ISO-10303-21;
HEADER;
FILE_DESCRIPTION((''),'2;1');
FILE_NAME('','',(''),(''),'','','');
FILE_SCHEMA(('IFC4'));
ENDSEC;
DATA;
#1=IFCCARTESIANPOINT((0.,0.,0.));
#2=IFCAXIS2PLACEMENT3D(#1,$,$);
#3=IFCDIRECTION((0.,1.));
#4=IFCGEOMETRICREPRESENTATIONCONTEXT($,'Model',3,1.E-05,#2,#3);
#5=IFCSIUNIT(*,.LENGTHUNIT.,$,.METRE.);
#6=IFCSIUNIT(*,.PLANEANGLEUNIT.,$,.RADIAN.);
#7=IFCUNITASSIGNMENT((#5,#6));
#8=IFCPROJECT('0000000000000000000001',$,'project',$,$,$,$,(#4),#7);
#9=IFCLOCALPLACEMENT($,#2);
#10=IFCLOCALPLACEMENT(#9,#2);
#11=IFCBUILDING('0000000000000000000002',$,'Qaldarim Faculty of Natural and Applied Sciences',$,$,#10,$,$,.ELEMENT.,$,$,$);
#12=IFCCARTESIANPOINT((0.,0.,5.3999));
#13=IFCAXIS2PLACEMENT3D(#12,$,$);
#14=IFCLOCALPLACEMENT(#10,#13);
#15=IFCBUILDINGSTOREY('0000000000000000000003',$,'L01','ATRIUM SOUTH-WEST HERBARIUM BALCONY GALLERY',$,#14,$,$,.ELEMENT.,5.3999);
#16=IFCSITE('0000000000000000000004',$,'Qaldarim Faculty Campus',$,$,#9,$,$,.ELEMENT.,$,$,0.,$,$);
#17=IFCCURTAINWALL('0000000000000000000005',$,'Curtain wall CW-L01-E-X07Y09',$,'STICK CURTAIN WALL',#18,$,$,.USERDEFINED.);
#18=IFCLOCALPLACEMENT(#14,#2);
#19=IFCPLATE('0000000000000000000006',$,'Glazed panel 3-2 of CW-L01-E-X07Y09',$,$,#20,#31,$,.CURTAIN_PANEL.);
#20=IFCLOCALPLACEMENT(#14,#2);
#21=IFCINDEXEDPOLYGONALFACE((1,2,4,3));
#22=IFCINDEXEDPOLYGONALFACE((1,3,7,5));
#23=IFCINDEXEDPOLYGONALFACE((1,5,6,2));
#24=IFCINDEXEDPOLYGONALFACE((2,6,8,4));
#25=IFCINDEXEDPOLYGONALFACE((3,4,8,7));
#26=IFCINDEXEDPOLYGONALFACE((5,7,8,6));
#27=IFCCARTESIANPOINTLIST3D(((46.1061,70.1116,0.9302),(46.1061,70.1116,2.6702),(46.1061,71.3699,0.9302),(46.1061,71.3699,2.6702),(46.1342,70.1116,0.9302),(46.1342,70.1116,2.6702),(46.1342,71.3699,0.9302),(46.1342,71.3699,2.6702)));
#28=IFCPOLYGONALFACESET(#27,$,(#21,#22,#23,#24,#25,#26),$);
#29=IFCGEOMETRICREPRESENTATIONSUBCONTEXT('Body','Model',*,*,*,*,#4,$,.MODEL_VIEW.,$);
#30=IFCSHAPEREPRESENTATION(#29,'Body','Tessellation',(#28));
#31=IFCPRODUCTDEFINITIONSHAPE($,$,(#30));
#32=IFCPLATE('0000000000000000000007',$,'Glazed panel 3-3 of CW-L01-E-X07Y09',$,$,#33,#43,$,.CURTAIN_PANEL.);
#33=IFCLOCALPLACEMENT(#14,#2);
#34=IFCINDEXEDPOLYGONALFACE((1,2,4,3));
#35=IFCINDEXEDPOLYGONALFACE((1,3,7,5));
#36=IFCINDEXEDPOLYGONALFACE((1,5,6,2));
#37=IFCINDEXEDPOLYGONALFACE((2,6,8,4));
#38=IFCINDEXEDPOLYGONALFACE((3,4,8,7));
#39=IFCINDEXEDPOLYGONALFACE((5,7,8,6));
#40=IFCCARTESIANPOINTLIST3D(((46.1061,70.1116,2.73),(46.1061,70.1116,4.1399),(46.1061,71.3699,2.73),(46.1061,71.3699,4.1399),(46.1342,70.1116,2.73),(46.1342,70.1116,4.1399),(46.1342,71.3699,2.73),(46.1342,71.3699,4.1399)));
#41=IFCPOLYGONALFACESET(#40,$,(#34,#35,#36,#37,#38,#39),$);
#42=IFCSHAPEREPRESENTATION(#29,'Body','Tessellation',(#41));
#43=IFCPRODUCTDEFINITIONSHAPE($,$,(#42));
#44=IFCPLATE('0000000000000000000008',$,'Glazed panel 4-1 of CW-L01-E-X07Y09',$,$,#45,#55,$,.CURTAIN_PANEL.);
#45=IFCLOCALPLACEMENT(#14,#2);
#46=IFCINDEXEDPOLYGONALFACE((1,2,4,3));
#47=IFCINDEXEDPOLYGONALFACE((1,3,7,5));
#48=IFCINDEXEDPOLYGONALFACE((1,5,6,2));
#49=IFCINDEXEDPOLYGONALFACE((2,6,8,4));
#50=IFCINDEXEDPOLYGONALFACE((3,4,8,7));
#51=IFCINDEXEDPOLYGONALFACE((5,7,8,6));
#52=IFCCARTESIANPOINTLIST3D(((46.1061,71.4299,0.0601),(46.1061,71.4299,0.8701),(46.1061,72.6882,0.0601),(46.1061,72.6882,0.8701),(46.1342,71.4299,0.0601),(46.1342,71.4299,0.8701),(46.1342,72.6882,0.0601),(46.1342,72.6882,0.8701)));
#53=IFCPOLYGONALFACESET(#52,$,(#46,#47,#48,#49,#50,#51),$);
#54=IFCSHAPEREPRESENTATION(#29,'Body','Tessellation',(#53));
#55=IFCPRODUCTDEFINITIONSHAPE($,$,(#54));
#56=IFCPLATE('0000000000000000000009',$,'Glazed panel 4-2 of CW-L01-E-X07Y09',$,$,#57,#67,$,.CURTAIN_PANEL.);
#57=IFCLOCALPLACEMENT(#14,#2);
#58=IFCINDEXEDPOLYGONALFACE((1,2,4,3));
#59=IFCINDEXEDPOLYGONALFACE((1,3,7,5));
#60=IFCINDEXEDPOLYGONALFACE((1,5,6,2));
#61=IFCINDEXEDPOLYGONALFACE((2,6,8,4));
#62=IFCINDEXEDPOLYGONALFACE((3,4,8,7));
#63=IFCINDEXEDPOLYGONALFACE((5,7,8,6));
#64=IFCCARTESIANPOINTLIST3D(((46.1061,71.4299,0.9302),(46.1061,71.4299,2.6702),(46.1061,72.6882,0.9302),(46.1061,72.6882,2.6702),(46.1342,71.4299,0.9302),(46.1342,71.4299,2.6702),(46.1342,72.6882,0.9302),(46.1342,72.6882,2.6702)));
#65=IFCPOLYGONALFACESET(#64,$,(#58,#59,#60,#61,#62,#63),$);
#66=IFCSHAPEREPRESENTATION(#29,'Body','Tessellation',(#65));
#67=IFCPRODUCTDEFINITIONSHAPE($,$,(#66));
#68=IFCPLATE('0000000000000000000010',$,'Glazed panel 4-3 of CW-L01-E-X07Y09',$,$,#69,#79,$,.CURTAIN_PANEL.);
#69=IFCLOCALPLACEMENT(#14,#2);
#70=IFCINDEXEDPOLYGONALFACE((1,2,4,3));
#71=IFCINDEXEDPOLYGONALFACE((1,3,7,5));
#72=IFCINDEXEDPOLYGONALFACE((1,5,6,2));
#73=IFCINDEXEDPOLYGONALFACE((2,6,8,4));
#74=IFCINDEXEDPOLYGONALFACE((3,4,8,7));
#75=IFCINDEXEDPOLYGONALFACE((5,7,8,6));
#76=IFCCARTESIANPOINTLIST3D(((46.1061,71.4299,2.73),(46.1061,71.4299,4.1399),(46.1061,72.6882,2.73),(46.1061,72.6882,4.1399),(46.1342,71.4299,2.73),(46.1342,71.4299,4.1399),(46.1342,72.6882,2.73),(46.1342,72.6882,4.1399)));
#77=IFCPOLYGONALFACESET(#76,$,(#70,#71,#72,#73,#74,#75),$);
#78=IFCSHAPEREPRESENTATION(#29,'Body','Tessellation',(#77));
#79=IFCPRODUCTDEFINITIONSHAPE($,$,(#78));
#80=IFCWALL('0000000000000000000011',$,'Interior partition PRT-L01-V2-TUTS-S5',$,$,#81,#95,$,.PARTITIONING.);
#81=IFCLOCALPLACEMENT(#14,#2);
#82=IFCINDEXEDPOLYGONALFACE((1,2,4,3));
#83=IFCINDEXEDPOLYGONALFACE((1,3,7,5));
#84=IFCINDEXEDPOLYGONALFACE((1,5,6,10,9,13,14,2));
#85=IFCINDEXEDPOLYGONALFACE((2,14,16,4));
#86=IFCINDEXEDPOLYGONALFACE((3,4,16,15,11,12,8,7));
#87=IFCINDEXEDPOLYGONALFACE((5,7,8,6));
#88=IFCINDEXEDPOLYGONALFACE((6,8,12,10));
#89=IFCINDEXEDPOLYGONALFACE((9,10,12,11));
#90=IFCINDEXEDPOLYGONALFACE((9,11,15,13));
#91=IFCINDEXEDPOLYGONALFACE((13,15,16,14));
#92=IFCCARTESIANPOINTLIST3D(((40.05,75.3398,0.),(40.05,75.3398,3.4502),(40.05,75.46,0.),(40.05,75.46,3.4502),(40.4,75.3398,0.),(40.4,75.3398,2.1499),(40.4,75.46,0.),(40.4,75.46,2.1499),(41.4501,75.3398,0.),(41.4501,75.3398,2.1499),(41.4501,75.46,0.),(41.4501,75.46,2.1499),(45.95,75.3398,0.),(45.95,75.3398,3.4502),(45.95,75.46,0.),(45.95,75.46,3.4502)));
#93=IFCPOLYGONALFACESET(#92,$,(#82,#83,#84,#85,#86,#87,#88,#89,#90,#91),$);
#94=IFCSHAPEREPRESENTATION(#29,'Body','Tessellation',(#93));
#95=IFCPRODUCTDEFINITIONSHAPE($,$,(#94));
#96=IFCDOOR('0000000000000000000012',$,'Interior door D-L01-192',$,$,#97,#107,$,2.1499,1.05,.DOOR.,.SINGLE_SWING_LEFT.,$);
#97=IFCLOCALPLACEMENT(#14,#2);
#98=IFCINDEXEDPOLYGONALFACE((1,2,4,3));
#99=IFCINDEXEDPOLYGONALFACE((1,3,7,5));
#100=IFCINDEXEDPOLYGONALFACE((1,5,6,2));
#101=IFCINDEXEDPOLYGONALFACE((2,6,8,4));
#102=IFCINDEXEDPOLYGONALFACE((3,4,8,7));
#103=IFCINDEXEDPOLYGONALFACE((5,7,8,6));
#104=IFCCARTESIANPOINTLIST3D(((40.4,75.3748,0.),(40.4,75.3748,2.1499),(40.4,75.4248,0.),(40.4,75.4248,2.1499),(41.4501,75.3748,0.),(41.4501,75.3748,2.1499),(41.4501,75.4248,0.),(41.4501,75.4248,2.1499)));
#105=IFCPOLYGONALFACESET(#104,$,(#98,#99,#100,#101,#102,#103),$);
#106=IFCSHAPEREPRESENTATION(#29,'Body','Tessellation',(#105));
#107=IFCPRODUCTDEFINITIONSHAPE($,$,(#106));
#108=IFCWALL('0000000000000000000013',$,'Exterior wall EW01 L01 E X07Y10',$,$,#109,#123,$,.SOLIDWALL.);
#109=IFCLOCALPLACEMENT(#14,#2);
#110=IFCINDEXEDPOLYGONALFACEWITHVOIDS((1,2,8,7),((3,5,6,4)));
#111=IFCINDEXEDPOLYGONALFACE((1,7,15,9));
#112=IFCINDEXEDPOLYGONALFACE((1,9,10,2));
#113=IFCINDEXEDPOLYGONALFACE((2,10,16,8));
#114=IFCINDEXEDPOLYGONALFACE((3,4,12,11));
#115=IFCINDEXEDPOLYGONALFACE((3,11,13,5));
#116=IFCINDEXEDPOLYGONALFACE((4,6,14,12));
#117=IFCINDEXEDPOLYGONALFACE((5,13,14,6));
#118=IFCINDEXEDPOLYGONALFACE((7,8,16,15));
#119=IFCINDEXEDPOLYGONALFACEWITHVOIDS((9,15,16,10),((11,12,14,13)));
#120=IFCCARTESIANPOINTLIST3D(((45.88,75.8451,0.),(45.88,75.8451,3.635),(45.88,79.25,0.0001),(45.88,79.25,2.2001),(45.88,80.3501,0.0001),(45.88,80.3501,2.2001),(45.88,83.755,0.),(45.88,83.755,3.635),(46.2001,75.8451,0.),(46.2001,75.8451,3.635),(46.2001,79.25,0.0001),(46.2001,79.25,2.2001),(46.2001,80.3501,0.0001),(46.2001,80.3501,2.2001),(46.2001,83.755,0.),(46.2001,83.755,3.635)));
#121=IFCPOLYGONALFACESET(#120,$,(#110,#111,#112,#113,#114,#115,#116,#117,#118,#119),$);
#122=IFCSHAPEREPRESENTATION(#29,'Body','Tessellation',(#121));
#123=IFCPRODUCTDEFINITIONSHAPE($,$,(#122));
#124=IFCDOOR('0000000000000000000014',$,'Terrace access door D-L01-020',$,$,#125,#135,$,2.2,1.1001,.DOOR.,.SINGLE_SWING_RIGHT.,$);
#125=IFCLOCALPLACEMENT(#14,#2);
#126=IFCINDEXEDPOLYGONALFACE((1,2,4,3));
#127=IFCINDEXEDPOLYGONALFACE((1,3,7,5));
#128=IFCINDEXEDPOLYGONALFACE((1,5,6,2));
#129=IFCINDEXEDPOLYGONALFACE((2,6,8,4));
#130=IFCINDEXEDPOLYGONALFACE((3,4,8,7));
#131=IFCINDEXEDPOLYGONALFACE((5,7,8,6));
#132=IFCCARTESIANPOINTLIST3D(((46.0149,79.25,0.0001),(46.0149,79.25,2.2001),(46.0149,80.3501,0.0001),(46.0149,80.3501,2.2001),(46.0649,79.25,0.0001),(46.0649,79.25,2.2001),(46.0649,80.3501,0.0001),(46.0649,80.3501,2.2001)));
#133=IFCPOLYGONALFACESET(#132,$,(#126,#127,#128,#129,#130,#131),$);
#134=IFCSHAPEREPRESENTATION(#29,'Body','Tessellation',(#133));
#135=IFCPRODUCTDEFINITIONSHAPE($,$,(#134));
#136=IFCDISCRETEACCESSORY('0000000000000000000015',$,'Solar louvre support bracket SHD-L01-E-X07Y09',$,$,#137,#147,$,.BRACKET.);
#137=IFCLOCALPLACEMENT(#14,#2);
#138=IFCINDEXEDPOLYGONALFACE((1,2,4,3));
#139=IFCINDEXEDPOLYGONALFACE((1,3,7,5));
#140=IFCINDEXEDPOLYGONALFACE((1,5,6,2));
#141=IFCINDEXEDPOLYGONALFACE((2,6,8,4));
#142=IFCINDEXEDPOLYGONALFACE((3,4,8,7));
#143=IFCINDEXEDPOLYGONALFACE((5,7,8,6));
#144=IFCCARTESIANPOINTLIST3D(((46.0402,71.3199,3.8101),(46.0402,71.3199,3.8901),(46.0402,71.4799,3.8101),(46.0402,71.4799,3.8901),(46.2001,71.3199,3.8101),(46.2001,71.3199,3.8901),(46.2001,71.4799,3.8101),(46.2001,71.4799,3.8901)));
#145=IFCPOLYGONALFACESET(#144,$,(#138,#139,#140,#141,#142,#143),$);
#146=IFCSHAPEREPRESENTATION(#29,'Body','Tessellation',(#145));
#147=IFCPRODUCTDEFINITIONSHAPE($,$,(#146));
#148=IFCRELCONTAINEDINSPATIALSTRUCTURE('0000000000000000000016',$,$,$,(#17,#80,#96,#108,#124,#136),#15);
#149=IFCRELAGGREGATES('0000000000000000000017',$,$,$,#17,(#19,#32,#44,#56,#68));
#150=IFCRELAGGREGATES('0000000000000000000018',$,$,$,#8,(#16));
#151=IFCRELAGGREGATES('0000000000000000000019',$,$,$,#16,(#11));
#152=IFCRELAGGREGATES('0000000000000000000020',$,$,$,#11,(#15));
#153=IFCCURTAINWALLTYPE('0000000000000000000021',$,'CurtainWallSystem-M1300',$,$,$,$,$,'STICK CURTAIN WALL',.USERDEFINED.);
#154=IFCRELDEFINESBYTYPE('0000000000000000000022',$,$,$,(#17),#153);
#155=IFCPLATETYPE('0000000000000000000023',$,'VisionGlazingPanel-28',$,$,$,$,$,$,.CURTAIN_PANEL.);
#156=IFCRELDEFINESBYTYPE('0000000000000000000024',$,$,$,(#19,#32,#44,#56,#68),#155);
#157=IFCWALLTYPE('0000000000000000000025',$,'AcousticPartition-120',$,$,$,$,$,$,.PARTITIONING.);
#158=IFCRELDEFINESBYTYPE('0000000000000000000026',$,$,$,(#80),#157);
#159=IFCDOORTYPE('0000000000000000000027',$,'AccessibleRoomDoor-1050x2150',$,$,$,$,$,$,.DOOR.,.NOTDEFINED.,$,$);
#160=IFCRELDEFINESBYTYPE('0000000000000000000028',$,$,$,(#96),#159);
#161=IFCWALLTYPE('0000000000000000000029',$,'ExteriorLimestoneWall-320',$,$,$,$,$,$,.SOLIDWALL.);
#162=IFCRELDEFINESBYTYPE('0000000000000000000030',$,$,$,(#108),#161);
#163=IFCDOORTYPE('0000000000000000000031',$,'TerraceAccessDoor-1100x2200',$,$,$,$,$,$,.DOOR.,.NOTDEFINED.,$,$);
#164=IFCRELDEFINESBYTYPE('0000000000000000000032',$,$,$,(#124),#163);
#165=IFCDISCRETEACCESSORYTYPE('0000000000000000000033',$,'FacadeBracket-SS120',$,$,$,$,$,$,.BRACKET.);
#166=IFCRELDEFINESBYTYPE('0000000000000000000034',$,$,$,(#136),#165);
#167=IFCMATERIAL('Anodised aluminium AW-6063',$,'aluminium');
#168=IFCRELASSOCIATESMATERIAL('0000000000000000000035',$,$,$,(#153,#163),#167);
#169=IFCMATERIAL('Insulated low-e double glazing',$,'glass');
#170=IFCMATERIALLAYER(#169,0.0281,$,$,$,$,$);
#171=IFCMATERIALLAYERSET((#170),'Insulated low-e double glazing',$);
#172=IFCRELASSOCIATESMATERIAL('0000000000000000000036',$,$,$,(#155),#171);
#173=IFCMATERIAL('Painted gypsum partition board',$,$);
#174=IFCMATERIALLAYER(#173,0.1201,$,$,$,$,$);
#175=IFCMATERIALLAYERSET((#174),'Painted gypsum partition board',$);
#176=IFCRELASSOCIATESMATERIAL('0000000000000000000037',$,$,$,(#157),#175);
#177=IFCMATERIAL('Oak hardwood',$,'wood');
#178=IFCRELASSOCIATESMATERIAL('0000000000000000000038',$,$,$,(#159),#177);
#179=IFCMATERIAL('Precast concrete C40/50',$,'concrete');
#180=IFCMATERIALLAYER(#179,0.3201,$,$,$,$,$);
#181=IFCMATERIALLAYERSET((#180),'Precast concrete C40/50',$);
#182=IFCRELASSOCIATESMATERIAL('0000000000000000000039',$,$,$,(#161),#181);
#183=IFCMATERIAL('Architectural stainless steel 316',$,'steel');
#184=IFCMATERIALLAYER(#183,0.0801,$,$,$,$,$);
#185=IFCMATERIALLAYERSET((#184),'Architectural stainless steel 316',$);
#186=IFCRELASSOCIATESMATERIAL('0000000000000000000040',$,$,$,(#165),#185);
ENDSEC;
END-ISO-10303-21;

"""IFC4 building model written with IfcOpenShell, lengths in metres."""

from ifc_helpers import new_model, si_unit, direction, frame, frame_2d, origin, origin_2d, place, context, subcontext, project, spatial, rectangle, extrude, material, layer, layer_set, type_object, element, fill, aggregate, save


model = new_model("IFC4")

# Units and contexts
model_context = context("Model", 3, precision=1e-05, world=origin(), true_north=direction((0.0, 1.0)))
body_context = subcontext(model_context, "Body", "Model", "MODEL_VIEW")
ifc_project = project(units=[si_unit("LENGTHUNIT", "METRE"), si_unit("PLANEANGLEUNIT", "RADIAN")], contexts=[model_context])

# Site, building, storey
site_placement = place(None, origin())
site = spatial("IfcSite", under=ifc_project, at=site_placement, Name="Qaldarim Faculty Campus", CompositionType="ELEMENT", RefElevation=0.0)
building_placement = place(site_placement, origin())
building = spatial("IfcBuilding", under=site, at=building_placement, Name="Qaldarim Faculty of Natural and Applied Sciences", CompositionType="ELEMENT")
storey_placement = place(building_placement, frame((0.0, 0.0, 5.3999)))
storey = spatial("IfcBuildingStorey", under=building, at=storey_placement, Name="L01", Description="ATRIUM SOUTH-WEST HERBARIUM BALCONY GALLERY", CompositionType="ELEMENT", Elevation=5.3999)

# Curtain wall
ifc_material_1 = material(Name="Anodised aluminium AW-6063", Category="aluminium")
curtain_wall_type = type_object("IfcCurtainWallType", Name="CurtainWallSystem-M1300", ElementType="STICK CURTAIN WALL", PredefinedType="USERDEFINED", material=ifc_material_1)
curtain_wall_placement = place(storey_placement, origin())
curtain_wall = element("IfcCurtainWall", 1, at=curtain_wall_placement, inside=storey, type_object=curtain_wall_type, Name="Curtain wall CW-L01-E-X07Y09", ObjectType="STICK CURTAIN WALL", PredefinedType="USERDEFINED")

# Plates
ifc_material_2 = material(Name="Insulated low-e double glazing", Category="glass")
ifc_layer_1 = layer(ifc_material_2, 0.0281)
ifc_layer_set_1 = layer_set([ifc_layer_1], Name="Insulated low-e double glazing")
plate_type = type_object("IfcPlateType", Name="VisionGlazingPanel-28", PredefinedType="CURTAIN_PANEL", material=ifc_layer_set_1)
plate_1_placement = place(storey_placement, frame((46.1201, 70.7407, 0.9302), z_axis=(0.0, 0.0, 1.0), x_axis=(0.0, 1.0, 0.0)))
plate_1 = element("IfcPlate", 2, at=plate_1_placement, type_object=plate_type, Name="Glazed panel 3-2 of CW-L01-E-X07Y09", PredefinedType="CURTAIN_PANEL", context=body_context, shape_type="SweptSolid", body=[
    extrude(rectangle(XDim=1.2583, YDim=0.0281, at=origin_2d()), origin(), (0.0, 0.0, 1.0), 1.74),
])
plate_2_placement = place(storey_placement, frame((46.1201, 70.7407, 2.73), z_axis=(0.0, 0.0, 1.0), x_axis=(0.0, 1.0, 0.0)))
plate_2 = element("IfcPlate", 3, at=plate_2_placement, type_object=plate_type, Name="Glazed panel 3-3 of CW-L01-E-X07Y09", PredefinedType="CURTAIN_PANEL", context=body_context, shape_type="SweptSolid", body=[
    extrude(rectangle(XDim=1.2583, YDim=0.0281, at=origin_2d()), origin(), (0.0, 0.0, 1.0), 1.4099),
])
plate_3_placement = place(storey_placement, frame((46.1201, 72.0591, 0.0601), z_axis=(0.0, 0.0, 1.0), x_axis=(0.0, 1.0, 0.0)))
plate_3 = element("IfcPlate", 4, at=plate_3_placement, type_object=plate_type, Name="Glazed panel 4-1 of CW-L01-E-X07Y09", PredefinedType="CURTAIN_PANEL", context=body_context, shape_type="SweptSolid", body=[
    extrude(rectangle(XDim=1.2583, YDim=0.0281, at=origin_2d()), origin(), (0.0, 0.0, 1.0), 0.8101),
])
plate_4_placement = place(storey_placement, frame((46.1201, 72.0591, 0.9302), z_axis=(0.0, 0.0, 1.0), x_axis=(0.0, 1.0, 0.0)))
plate_4 = element("IfcPlate", 5, at=plate_4_placement, type_object=plate_type, Name="Glazed panel 4-2 of CW-L01-E-X07Y09", PredefinedType="CURTAIN_PANEL", context=body_context, shape_type="SweptSolid", body=[
    extrude(rectangle(XDim=1.2583, YDim=0.0281, at=origin_2d()), origin(), (0.0, 0.0, 1.0), 1.74),
])
plate_5_placement = place(storey_placement, frame((46.1201, 72.0591, 2.73), z_axis=(0.0, 0.0, 1.0), x_axis=(0.0, 1.0, 0.0)))
plate_5 = element("IfcPlate", 6, at=plate_5_placement, type_object=plate_type, Name="Glazed panel 4-3 of CW-L01-E-X07Y09", PredefinedType="CURTAIN_PANEL", context=body_context, shape_type="SweptSolid", body=[
    extrude(rectangle(XDim=1.2583, YDim=0.0281, at=origin_2d()), origin(), (0.0, 0.0, 1.0), 1.4099),
])
aggregate(curtain_wall, [plate_1, plate_2, plate_3, plate_4, plate_5])

# Walls, openings, doors
ifc_material_3 = material(Name="Painted gypsum partition board")
ifc_layer_2 = layer(ifc_material_3, 0.1201)
ifc_layer_set_2 = layer_set([ifc_layer_2], Name="Painted gypsum partition board")
wall_type_1 = type_object("IfcWallType", Name="AcousticPartition-120", PredefinedType="PARTITIONING", material=ifc_layer_set_2)
wall_1_placement = place(storey_placement, frame((40.05, 75.3999, 0.0), z_axis=(0.0, 0.0, 1.0), x_axis=(1.0, 0.0, 0.0)))
wall_1 = element("IfcWall", 7, at=wall_1_placement, inside=storey, type_object=wall_type_1, Name="Interior partition PRT-L01-V2-TUTS-S5", PredefinedType="PARTITIONING", context=body_context, shape_type="SweptSolid", body=[
    extrude(rectangle(XDim=5.8999, YDim=0.1201, at=frame_2d((2.95, 0.0))), origin(), (0.0, 0.0, 1.0), 3.4502),
])
opening_1_placement = place(wall_1_placement, frame((0.3501, 0.0, 0.0)))
opening_1 = element("IfcOpeningElement", 8, at=opening_1_placement, cuts=wall_1, PredefinedType="OPENING", context=body_context, shape_type="SweptSolid", body=[
    extrude(rectangle(XDim=1.05, YDim=2.1499, at=frame_2d((0.5249, 1.075))), frame((0.0, 0.0701, 0.0), z_axis=(0.0, -1.0, 0.0), x_axis=(1.0, 0.0, 0.0)), (0.0, 0.0, 1.0), 0.1401),
])
ifc_material_4 = material(Name="Oak hardwood", Category="wood")
door_type_1 = type_object("IfcDoorType", Name="AccessibleRoomDoor-1050x2150", OperationType="NOTDEFINED", PredefinedType="DOOR", material=ifc_material_4)
door_1_placement = place(opening_1_placement, origin())
door_1 = element("IfcDoor", 9, at=door_1_placement, inside=storey, type_object=door_type_1, Name="Interior door D-L01-192", OperationType="SINGLE_SWING_LEFT", OverallHeight=2.1499, OverallWidth=1.05, PredefinedType="DOOR", context=body_context, shape_type="SweptSolid", body=[
    extrude(rectangle(XDim=1.05, YDim=2.1499, at=frame_2d((0.5249, 1.075))), frame((0.0, 0.0249, 0.0), z_axis=(0.0, -1.0, 0.0), x_axis=(1.0, 0.0, 0.0)), (0.0, 0.0, 1.0), 0.05),
])
fill(opening_1, door_1)
ifc_material_5 = material(Name="Precast concrete C40/50", Category="concrete")
ifc_layer_3 = layer(ifc_material_5, 0.3201)
ifc_layer_set_3 = layer_set([ifc_layer_3], Name="Precast concrete C40/50")
wall_type_2 = type_object("IfcWallType", Name="ExteriorLimestoneWall-320", PredefinedType="SOLIDWALL", material=ifc_layer_set_3)
wall_2_placement = place(storey_placement, frame((46.04, 75.845, 0.0), z_axis=(0.0, 0.0, 1.0), x_axis=(0.0, 1.0, 0.0)))
wall_2 = element("IfcWall", 10, at=wall_2_placement, inside=storey, type_object=wall_type_2, Name="Exterior wall EW01 L01 E X07Y10", PredefinedType="SOLIDWALL", context=body_context, shape_type="SweptSolid", body=[
    extrude(rectangle(XDim=7.9099, YDim=0.3201, at=frame_2d((3.9551, 0.0))), origin(), (0.0, 0.0, 1.0), 3.635),
])
opening_2_placement = place(wall_2_placement, frame((3.405, 0.0, 0.0)))
opening_2 = element("IfcOpeningElement", 11, at=opening_2_placement, cuts=wall_2, PredefinedType="OPENING", context=body_context, shape_type="SweptSolid", body=[
    extrude(rectangle(XDim=1.1001, YDim=2.2, at=frame_2d((0.55, 1.1001))), frame((0.0, 0.1699, 0.0), z_axis=(0.0, -1.0, 0.0), x_axis=(1.0, 0.0, 0.0)), (0.0, 0.0, 1.0), 0.3401),
])
door_type_2 = type_object("IfcDoorType", Name="TerraceAccessDoor-1100x2200", OperationType="NOTDEFINED", PredefinedType="DOOR", material=ifc_material_1)
door_2_placement = place(opening_2_placement, frame((1.1001, 0.0, 0.0), z_axis=(0.0, 0.0, 1.0), x_axis=(-1.0, 0.0, 0.0)))
door_2 = element("IfcDoor", 12, at=door_2_placement, inside=storey, type_object=door_type_2, Name="Terrace access door D-L01-020", OperationType="SINGLE_SWING_RIGHT", OverallHeight=2.2, OverallWidth=1.1001, PredefinedType="DOOR", context=body_context, shape_type="SweptSolid", body=[
    extrude(rectangle(XDim=1.1001, YDim=2.2, at=frame_2d((0.55, 1.1001))), frame((0.0, 0.0249, 0.0), z_axis=(0.0, -1.0, 0.0), x_axis=(1.0, 0.0, 0.0)), (0.0, 0.0, 1.0), 0.05),
])
fill(opening_2, door_2)

# Discrete accessory
ifc_material_6 = material(Name="Architectural stainless steel 316", Category="steel")
ifc_layer_4 = layer(ifc_material_6, 0.0801)
ifc_layer_set_4 = layer_set([ifc_layer_4], Name="Architectural stainless steel 316")
discrete_accessory_type = type_object("IfcDiscreteAccessoryType", Name="FacadeBracket-SS120", PredefinedType="BRACKET", material=ifc_layer_set_4)
discrete_accessory_placement = place(storey_placement, frame((46.1201, 71.3999, 3.8101), z_axis=(0.0, 0.0, 1.0), x_axis=(0.0, 1.0, 0.0)))
element("IfcDiscreteAccessory", 13, at=discrete_accessory_placement, inside=storey, type_object=discrete_accessory_type, Name="Solar louvre support bracket SHD-L01-E-X07Y09", PredefinedType="BRACKET", context=body_context, shape_type="SweptSolid", body=[
    extrude(rectangle(XDim=0.1599, YDim=0.1599, at=origin_2d()), origin(), (0.0, 0.0, 1.0), 0.0801),
])

save(model, "model.ifc")
